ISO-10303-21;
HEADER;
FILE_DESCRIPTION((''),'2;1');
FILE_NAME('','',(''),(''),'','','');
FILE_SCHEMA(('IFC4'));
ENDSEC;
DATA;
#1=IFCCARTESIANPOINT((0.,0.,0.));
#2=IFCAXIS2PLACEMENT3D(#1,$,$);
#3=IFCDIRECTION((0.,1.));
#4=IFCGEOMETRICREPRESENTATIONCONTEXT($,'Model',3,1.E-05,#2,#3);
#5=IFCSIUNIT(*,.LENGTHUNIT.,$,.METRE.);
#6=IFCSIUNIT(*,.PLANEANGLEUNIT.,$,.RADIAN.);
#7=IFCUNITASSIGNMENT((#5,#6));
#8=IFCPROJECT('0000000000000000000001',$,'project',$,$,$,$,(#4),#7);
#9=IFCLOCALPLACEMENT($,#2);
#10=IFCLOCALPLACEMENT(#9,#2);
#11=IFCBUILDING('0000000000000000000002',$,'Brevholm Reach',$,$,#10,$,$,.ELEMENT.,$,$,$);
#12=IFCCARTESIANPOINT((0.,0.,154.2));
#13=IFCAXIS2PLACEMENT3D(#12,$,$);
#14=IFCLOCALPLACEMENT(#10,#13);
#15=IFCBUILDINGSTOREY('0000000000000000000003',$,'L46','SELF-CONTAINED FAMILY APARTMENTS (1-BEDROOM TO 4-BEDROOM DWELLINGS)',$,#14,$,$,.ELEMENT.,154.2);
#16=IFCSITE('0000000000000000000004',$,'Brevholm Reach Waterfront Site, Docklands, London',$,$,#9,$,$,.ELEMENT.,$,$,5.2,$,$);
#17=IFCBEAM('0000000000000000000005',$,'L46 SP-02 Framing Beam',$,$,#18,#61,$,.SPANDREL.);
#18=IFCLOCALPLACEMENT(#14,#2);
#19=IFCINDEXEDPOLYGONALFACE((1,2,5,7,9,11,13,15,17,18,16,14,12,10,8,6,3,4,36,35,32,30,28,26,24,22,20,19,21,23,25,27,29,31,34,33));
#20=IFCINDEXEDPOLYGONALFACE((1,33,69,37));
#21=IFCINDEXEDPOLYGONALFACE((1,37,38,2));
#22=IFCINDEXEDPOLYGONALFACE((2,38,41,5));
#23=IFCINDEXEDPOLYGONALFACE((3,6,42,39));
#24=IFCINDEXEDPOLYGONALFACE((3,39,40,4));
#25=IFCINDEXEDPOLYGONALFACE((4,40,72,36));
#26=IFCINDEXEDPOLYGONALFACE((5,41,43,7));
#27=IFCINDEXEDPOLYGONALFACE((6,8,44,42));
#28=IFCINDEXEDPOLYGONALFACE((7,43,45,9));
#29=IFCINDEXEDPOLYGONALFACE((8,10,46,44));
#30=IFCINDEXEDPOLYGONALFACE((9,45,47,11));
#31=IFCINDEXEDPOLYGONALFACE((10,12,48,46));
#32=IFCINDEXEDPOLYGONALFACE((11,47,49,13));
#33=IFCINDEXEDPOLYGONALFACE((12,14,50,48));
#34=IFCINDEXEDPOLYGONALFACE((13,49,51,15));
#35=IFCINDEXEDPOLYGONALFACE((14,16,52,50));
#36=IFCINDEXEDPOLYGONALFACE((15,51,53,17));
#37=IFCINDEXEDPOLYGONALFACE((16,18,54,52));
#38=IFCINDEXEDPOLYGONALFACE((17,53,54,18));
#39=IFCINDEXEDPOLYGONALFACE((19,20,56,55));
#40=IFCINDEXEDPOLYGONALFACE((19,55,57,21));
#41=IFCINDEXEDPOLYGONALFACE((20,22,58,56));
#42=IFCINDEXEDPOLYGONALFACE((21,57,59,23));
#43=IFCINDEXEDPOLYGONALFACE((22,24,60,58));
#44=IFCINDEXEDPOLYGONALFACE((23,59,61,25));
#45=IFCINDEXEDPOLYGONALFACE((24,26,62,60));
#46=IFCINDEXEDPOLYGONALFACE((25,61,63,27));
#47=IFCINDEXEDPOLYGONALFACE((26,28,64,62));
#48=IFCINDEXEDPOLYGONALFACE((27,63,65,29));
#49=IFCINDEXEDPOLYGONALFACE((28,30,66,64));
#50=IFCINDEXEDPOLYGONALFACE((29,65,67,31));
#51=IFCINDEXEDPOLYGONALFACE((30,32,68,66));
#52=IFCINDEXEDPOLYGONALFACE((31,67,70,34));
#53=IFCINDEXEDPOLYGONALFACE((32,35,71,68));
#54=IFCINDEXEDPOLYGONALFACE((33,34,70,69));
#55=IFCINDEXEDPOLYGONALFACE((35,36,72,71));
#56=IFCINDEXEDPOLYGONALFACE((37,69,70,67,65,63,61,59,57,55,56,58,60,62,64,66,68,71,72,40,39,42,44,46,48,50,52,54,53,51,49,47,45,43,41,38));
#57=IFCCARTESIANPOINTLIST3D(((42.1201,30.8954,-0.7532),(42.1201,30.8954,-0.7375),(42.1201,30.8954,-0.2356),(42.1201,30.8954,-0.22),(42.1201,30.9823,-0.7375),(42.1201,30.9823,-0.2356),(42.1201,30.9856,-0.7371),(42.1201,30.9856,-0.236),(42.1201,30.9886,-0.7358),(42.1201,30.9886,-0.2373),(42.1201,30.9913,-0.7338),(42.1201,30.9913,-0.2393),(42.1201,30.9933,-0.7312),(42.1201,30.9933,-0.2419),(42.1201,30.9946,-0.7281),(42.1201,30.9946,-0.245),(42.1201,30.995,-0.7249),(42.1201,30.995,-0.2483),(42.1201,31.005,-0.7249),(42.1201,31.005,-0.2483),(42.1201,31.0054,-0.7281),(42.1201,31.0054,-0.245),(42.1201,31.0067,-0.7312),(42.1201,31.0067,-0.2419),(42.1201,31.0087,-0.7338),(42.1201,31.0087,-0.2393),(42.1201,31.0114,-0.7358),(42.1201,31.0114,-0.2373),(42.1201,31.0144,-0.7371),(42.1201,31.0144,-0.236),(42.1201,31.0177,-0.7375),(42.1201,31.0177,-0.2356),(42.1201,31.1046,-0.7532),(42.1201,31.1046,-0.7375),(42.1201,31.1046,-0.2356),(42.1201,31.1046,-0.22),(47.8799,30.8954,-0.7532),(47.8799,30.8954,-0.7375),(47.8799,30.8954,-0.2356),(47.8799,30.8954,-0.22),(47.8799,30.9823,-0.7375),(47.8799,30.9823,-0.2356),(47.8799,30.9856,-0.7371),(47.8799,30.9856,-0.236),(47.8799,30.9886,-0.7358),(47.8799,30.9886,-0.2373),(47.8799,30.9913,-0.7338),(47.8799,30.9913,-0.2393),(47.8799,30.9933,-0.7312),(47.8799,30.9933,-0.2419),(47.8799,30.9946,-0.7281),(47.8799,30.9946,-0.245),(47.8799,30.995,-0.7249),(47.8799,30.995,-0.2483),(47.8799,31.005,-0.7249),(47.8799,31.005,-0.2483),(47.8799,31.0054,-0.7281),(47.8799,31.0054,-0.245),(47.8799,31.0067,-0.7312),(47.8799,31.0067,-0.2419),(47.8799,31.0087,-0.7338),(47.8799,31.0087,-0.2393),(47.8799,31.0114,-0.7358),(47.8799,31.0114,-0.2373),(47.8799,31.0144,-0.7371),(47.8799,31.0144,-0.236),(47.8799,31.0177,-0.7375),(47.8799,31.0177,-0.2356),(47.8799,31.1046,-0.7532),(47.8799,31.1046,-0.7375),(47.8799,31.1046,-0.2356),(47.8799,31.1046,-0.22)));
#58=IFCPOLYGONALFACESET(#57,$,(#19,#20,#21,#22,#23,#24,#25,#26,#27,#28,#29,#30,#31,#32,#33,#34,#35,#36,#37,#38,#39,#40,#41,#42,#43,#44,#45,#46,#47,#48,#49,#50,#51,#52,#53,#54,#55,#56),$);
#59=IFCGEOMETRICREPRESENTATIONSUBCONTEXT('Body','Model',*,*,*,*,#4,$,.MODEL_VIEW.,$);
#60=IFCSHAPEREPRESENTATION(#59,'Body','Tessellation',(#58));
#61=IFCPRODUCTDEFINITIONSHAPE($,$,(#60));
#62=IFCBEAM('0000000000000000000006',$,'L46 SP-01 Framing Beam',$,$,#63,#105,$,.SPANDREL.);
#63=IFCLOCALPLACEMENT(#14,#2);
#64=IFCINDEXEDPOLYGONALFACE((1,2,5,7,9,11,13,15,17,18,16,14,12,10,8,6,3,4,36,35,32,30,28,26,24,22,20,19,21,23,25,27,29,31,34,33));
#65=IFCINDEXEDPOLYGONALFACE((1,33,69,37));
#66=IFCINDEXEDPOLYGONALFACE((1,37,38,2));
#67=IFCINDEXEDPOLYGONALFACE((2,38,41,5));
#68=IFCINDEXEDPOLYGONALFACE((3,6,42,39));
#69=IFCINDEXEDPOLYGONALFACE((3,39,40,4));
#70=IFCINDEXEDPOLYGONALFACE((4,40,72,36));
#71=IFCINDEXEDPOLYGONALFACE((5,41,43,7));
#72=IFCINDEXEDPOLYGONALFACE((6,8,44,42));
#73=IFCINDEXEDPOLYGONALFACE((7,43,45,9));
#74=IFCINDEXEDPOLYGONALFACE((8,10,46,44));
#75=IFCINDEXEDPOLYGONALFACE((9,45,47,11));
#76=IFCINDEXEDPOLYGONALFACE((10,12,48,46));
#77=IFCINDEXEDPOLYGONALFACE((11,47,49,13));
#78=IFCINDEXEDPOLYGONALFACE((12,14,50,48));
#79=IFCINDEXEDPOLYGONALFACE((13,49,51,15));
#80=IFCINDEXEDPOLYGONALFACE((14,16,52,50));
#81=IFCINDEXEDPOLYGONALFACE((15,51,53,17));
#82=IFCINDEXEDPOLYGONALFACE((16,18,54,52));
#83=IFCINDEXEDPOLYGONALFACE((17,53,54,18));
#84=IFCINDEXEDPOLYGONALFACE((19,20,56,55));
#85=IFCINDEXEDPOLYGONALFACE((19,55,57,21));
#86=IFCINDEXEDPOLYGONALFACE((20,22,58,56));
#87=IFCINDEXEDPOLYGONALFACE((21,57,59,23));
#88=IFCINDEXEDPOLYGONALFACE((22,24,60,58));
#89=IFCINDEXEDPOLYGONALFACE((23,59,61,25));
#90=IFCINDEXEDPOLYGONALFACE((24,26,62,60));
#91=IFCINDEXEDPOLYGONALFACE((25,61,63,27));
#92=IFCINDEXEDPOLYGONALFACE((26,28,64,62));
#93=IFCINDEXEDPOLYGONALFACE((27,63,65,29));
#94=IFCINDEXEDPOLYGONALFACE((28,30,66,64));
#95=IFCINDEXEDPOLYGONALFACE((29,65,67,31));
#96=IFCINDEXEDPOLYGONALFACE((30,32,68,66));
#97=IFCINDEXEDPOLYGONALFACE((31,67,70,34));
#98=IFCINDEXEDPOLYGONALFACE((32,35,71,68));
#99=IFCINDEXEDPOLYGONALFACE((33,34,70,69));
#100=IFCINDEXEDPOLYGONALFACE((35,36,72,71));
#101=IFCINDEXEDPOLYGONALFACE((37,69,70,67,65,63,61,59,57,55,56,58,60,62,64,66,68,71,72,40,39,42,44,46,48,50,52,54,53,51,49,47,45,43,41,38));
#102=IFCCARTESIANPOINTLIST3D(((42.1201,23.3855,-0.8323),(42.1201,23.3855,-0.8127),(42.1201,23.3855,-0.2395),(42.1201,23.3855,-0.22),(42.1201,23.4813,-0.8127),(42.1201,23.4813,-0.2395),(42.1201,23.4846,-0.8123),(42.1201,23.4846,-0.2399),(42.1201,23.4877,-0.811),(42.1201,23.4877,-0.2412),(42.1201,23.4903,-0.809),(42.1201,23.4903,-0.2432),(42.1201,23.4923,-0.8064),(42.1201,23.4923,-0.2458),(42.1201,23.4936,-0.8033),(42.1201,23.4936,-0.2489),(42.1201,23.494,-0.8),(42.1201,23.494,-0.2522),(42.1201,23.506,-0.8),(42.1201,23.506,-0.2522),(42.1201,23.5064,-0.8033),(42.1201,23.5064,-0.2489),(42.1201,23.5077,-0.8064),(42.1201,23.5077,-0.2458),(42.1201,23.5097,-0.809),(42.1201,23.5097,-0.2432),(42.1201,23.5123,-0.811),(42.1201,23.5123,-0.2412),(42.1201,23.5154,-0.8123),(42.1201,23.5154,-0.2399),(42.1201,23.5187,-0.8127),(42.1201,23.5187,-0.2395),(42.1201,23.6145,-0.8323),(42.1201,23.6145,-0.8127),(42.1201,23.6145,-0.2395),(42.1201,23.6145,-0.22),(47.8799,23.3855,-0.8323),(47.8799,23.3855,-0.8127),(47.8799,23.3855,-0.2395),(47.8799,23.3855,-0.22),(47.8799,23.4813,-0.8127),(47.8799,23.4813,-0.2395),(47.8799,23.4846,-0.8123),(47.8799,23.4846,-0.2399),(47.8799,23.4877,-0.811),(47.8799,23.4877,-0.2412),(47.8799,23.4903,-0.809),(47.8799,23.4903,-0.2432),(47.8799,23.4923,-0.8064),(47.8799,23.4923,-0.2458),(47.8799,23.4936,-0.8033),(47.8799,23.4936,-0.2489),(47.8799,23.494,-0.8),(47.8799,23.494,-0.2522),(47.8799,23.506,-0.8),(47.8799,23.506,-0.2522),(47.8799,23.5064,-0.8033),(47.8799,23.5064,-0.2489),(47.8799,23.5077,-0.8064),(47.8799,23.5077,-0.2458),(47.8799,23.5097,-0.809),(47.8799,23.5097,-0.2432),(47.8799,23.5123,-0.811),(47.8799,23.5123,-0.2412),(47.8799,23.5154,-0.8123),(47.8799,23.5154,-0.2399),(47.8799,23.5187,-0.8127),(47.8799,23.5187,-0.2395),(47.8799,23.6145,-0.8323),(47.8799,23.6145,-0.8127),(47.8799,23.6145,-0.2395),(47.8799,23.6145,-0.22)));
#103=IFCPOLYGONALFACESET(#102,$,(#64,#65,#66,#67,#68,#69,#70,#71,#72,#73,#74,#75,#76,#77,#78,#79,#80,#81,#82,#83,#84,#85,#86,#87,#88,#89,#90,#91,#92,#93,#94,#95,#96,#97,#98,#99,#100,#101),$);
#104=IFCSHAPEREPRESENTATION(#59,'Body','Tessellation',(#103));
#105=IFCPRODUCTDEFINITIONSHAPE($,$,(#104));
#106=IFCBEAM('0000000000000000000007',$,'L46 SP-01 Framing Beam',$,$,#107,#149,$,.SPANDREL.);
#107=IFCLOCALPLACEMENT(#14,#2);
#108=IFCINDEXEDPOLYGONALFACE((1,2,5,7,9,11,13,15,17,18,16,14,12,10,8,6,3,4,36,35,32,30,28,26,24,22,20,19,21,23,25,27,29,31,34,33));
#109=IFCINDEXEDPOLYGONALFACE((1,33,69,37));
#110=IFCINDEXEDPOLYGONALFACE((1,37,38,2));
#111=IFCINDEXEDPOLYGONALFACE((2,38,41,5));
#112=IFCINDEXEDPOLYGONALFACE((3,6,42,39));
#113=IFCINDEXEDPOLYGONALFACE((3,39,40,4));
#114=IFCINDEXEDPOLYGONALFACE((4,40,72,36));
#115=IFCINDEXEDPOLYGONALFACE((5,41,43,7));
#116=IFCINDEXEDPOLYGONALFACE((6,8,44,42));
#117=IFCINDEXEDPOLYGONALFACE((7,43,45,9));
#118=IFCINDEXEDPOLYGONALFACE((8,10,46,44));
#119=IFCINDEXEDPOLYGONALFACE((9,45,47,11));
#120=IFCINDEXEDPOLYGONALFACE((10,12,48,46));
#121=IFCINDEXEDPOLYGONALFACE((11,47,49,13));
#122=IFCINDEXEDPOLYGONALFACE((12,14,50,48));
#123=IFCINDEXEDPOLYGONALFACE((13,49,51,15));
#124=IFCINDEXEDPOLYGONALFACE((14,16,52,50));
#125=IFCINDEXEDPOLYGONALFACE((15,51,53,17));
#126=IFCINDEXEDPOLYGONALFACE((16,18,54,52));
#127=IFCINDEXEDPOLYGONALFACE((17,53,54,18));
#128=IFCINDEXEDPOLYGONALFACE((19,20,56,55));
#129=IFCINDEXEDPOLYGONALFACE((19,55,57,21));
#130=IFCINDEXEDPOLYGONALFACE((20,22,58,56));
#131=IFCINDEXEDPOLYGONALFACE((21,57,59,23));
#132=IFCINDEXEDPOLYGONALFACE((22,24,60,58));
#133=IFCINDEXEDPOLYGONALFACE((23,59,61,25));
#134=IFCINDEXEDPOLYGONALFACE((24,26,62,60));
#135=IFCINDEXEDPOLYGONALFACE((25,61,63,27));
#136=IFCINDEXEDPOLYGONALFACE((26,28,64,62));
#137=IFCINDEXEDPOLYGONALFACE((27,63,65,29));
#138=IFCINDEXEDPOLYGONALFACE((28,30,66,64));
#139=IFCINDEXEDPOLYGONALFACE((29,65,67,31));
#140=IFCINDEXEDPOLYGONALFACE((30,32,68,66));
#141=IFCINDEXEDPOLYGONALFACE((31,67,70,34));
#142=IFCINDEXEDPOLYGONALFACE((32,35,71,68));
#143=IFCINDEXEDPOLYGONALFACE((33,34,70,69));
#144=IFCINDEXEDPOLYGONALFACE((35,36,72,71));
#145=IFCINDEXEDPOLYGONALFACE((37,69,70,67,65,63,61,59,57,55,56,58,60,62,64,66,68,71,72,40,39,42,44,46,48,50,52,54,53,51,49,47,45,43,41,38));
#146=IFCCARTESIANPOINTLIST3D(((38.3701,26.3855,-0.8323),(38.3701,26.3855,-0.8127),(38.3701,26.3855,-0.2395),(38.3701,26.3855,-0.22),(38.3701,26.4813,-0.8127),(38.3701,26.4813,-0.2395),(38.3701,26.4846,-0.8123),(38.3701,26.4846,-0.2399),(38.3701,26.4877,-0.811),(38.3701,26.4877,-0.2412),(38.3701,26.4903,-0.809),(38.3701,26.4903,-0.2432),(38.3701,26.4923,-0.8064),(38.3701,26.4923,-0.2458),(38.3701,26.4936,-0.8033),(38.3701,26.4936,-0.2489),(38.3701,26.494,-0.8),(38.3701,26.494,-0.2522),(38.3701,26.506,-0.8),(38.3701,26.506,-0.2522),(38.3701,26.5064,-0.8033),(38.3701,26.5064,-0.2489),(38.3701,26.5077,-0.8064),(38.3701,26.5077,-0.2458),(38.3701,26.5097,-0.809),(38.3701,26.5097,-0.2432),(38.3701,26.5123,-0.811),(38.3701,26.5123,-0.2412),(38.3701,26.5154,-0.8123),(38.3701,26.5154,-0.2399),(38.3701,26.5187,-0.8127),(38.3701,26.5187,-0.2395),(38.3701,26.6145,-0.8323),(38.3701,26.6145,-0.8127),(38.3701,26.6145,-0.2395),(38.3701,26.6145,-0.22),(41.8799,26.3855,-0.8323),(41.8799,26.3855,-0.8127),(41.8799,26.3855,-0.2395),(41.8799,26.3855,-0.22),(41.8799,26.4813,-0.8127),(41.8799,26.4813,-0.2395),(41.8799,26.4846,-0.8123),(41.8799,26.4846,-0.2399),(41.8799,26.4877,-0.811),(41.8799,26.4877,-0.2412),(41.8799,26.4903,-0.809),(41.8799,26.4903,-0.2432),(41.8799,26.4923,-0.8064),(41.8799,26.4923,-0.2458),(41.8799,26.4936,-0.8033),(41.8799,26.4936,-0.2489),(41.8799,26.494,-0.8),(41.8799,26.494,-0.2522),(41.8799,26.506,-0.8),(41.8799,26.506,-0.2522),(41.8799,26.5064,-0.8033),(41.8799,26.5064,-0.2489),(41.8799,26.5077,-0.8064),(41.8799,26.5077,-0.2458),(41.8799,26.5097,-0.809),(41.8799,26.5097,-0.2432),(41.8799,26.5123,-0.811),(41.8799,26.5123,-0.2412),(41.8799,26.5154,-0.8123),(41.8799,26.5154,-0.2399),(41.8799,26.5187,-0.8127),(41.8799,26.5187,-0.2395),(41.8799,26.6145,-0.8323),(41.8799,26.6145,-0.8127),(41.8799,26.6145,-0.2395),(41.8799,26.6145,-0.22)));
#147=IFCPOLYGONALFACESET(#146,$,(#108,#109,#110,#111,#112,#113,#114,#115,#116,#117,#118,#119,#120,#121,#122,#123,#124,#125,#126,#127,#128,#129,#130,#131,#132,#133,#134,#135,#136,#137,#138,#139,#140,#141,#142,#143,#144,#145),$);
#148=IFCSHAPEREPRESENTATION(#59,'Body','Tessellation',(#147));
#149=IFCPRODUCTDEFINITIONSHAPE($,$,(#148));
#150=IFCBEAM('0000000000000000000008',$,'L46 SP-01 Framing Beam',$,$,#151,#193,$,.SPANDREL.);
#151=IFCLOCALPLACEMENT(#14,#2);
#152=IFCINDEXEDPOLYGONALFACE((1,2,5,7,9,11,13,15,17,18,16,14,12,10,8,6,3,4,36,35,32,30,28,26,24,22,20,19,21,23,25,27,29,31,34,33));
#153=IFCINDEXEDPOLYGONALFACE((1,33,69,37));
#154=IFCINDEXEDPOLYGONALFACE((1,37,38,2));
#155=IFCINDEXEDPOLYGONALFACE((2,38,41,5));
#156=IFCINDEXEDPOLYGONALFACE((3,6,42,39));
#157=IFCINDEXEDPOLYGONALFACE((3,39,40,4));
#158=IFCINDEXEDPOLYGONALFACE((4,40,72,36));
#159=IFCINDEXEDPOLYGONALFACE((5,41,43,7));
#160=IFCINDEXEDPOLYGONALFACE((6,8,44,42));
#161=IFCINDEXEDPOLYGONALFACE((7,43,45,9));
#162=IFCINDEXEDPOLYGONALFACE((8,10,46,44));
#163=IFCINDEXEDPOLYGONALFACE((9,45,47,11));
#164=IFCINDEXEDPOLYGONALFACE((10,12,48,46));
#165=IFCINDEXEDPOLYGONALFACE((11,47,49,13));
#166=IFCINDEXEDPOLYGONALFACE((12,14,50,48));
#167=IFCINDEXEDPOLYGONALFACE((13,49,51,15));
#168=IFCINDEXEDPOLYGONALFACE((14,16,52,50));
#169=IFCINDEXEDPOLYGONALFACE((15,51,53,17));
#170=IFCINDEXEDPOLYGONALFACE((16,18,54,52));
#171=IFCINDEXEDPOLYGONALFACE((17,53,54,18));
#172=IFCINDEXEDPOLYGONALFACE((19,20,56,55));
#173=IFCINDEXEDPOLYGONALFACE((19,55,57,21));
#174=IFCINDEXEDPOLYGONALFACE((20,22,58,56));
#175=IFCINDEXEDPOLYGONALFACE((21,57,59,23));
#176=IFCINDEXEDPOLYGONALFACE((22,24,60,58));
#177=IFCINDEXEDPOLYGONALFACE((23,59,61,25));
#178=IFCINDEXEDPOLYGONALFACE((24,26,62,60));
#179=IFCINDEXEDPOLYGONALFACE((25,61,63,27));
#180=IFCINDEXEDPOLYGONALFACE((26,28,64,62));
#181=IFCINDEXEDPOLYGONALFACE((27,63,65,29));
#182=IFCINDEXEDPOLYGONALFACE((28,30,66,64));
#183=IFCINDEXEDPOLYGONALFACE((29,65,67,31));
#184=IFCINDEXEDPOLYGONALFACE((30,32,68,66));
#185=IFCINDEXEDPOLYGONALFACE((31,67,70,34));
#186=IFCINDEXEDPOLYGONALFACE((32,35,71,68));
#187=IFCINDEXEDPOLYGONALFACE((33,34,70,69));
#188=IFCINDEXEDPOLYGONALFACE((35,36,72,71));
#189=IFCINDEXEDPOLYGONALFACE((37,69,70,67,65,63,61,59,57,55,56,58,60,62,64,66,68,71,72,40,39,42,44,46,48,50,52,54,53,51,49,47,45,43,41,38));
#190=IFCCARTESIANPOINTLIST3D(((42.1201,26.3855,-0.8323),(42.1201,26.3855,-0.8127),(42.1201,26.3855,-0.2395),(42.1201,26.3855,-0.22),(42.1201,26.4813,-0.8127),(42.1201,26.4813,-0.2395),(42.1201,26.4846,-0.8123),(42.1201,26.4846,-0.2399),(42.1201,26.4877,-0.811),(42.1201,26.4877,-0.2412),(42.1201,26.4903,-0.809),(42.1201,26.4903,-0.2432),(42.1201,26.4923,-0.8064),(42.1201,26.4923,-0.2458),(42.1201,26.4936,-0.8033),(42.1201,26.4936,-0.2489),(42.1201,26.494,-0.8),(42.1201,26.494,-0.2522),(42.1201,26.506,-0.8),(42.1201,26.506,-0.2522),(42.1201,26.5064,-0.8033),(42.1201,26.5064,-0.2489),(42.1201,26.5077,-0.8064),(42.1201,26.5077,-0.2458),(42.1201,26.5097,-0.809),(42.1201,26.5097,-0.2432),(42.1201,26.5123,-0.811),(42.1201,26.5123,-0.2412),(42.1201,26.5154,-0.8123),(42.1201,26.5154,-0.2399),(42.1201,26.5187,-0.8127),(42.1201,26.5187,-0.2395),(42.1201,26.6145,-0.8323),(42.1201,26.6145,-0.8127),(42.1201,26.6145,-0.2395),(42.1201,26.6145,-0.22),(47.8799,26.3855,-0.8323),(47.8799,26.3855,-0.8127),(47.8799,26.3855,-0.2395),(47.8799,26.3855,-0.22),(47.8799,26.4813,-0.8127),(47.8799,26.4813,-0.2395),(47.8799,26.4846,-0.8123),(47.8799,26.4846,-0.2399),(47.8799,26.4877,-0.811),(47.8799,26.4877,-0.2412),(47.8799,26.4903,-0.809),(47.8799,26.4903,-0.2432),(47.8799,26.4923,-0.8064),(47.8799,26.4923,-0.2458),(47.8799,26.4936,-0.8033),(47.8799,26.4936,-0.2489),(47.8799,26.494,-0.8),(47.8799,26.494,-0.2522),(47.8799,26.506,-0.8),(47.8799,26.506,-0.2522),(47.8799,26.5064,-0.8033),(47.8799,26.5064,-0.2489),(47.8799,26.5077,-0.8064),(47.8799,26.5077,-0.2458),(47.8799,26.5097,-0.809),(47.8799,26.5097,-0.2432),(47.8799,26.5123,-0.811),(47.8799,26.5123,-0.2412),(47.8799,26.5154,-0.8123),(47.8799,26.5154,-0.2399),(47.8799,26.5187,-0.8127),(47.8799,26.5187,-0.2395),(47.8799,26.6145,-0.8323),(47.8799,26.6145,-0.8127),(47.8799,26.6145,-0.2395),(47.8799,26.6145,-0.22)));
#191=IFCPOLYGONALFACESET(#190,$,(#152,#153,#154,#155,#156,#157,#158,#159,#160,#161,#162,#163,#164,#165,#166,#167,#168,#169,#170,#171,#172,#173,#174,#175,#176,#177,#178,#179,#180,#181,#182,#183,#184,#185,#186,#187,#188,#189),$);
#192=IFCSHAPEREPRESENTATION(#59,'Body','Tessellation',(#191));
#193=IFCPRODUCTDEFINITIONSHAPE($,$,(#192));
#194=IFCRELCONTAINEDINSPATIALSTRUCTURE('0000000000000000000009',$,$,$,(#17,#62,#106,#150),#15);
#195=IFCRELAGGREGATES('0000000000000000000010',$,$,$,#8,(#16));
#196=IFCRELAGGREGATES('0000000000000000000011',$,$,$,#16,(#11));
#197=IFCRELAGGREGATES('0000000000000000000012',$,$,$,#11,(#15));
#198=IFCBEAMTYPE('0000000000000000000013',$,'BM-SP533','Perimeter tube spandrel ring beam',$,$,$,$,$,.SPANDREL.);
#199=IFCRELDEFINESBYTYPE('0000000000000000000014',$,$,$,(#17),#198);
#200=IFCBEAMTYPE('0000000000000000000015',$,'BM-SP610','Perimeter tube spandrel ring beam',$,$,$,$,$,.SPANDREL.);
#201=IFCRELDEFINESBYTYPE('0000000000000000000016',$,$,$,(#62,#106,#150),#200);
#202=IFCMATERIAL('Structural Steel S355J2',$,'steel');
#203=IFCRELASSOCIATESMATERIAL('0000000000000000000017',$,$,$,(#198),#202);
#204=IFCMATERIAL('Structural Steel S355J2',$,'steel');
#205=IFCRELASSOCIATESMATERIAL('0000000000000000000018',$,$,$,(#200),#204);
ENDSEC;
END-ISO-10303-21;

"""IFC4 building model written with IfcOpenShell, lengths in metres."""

from ifc_helpers import new_model, si_unit, direction, frame, origin, origin_2d, place, context, subcontext, project, spatial, i_section, extrude, material, material_profile, profile_set, type_object, element, save


model = new_model("IFC4")

# Units and contexts
model_context = context("Model", 3, precision=1e-05, world=origin(), true_north=direction((0.0, 1.0)))
body_context = subcontext(model_context, "Body", "Model", "MODEL_VIEW")
ifc_project = project(units=[si_unit("LENGTHUNIT", "METRE"), si_unit("PLANEANGLEUNIT", "RADIAN")], contexts=[model_context])

# Site, building, storey
site_placement = place(None, origin())
site = spatial("IfcSite", under=ifc_project, at=site_placement, Name="Brevholm Reach Waterfront Site, Docklands, London", CompositionType="ELEMENT", RefElevation=5.2)
building_placement = place(site_placement, origin())
building = spatial("IfcBuilding", under=site, at=building_placement, Name="Brevholm Reach", CompositionType="ELEMENT")
storey_placement = place(building_placement, frame((0.0, 0.0, 154.2)))
storey = spatial("IfcBuildingStorey", under=building, at=storey_placement, Name="L46", Description="SELF-CONTAINED FAMILY APARTMENTS (1-BEDROOM TO 4-BEDROOM DWELLINGS)", CompositionType="ELEMENT", Elevation=154.2)

# Beams
ifc_material_1 = material(Name="Structural Steel S355J2", Category="steel")
ifc_material_profile_1 = material_profile(ifc_material_1, i_section(OverallWidth=0.2092, OverallDepth=0.5332, WebThickness=0.01, FlangeThickness=0.0156, FilletRadius=0.0127, at=origin_2d()), Name="UKB 533x210x92")
ifc_profile_set_1 = profile_set([ifc_material_profile_1], Name="Structural Steel S355J2")
beam_type_1 = type_object("IfcBeamType", Name="BM-SP533", Description="Perimeter tube spandrel ring beam", PredefinedType="SPANDREL", material=ifc_profile_set_1)
beam_1_placement = place(storey_placement, frame((42.1201, 31.0, -0.4866), z_axis=(1.0, 0.0, 0.0), x_axis=(0.0, 1.0, 0.0)))
element("IfcBeam", 1, at=beam_1_placement, inside=storey, type_object=beam_type_1, Name="L46 SP-02 Framing Beam", PredefinedType="SPANDREL", context=body_context, shape_type="SweptSolid", body=[
    extrude(i_section(OverallWidth=0.2092, OverallDepth=0.5332, WebThickness=0.01, FlangeThickness=0.0156, FilletRadius=0.0127, at=origin_2d()), origin(), (0.0, 0.0, 1.0), 5.7598),
])
ifc_material_2 = material(Name="Structural Steel S355J2", Category="steel")
ifc_material_profile_2 = material_profile(ifc_material_2, i_section(OverallWidth=0.229, OverallDepth=0.6123, WebThickness=0.012, FlangeThickness=0.0195, FilletRadius=0.0127, at=origin_2d()), Name="UKB 610x229x125")
ifc_profile_set_2 = profile_set([ifc_material_profile_2], Name="Structural Steel S355J2")
beam_type_2 = type_object("IfcBeamType", Name="BM-SP610", Description="Perimeter tube spandrel ring beam", PredefinedType="SPANDREL", material=ifc_profile_set_2)
beam_2_placement = place(storey_placement, frame((42.1201, 23.5, -0.5261), z_axis=(1.0, 0.0, 0.0), x_axis=(0.0, 1.0, 0.0)))
element("IfcBeam", 2, at=beam_2_placement, inside=storey, type_object=beam_type_2, Name="L46 SP-01 Framing Beam", PredefinedType="SPANDREL", context=body_context, shape_type="SweptSolid", body=[
    extrude(i_section(OverallWidth=0.229, OverallDepth=0.6123, WebThickness=0.012, FlangeThickness=0.0195, FilletRadius=0.0127, at=origin_2d()), origin(), (0.0, 0.0, 1.0), 5.7598),
])
beam_3_placement = place(storey_placement, frame((38.3701, 26.5, -0.5261), z_axis=(1.0, 0.0, 0.0), x_axis=(0.0, 1.0, 0.0)))
element("IfcBeam", 3, at=beam_3_placement, inside=storey, type_object=beam_type_2, Name="L46 SP-01 Framing Beam", PredefinedType="SPANDREL", context=body_context, shape_type="SweptSolid", body=[
    extrude(i_section(OverallWidth=0.229, OverallDepth=0.6123, WebThickness=0.012, FlangeThickness=0.0195, FilletRadius=0.0127, at=origin_2d()), origin(), (0.0, 0.0, 1.0), 3.5098),
])
beam_4_placement = place(storey_placement, frame((42.1201, 26.5, -0.5261), z_axis=(1.0, 0.0, 0.0), x_axis=(0.0, 1.0, 0.0)))
element("IfcBeam", 4, at=beam_4_placement, inside=storey, type_object=beam_type_2, Name="L46 SP-01 Framing Beam", PredefinedType="SPANDREL", context=body_context, shape_type="SweptSolid", body=[
    extrude(i_section(OverallWidth=0.229, OverallDepth=0.6123, WebThickness=0.012, FlangeThickness=0.0195, FilletRadius=0.0127, at=origin_2d()), origin(), (0.0, 0.0, 1.0), 5.7598),
])

save(model, "model.ifc")
